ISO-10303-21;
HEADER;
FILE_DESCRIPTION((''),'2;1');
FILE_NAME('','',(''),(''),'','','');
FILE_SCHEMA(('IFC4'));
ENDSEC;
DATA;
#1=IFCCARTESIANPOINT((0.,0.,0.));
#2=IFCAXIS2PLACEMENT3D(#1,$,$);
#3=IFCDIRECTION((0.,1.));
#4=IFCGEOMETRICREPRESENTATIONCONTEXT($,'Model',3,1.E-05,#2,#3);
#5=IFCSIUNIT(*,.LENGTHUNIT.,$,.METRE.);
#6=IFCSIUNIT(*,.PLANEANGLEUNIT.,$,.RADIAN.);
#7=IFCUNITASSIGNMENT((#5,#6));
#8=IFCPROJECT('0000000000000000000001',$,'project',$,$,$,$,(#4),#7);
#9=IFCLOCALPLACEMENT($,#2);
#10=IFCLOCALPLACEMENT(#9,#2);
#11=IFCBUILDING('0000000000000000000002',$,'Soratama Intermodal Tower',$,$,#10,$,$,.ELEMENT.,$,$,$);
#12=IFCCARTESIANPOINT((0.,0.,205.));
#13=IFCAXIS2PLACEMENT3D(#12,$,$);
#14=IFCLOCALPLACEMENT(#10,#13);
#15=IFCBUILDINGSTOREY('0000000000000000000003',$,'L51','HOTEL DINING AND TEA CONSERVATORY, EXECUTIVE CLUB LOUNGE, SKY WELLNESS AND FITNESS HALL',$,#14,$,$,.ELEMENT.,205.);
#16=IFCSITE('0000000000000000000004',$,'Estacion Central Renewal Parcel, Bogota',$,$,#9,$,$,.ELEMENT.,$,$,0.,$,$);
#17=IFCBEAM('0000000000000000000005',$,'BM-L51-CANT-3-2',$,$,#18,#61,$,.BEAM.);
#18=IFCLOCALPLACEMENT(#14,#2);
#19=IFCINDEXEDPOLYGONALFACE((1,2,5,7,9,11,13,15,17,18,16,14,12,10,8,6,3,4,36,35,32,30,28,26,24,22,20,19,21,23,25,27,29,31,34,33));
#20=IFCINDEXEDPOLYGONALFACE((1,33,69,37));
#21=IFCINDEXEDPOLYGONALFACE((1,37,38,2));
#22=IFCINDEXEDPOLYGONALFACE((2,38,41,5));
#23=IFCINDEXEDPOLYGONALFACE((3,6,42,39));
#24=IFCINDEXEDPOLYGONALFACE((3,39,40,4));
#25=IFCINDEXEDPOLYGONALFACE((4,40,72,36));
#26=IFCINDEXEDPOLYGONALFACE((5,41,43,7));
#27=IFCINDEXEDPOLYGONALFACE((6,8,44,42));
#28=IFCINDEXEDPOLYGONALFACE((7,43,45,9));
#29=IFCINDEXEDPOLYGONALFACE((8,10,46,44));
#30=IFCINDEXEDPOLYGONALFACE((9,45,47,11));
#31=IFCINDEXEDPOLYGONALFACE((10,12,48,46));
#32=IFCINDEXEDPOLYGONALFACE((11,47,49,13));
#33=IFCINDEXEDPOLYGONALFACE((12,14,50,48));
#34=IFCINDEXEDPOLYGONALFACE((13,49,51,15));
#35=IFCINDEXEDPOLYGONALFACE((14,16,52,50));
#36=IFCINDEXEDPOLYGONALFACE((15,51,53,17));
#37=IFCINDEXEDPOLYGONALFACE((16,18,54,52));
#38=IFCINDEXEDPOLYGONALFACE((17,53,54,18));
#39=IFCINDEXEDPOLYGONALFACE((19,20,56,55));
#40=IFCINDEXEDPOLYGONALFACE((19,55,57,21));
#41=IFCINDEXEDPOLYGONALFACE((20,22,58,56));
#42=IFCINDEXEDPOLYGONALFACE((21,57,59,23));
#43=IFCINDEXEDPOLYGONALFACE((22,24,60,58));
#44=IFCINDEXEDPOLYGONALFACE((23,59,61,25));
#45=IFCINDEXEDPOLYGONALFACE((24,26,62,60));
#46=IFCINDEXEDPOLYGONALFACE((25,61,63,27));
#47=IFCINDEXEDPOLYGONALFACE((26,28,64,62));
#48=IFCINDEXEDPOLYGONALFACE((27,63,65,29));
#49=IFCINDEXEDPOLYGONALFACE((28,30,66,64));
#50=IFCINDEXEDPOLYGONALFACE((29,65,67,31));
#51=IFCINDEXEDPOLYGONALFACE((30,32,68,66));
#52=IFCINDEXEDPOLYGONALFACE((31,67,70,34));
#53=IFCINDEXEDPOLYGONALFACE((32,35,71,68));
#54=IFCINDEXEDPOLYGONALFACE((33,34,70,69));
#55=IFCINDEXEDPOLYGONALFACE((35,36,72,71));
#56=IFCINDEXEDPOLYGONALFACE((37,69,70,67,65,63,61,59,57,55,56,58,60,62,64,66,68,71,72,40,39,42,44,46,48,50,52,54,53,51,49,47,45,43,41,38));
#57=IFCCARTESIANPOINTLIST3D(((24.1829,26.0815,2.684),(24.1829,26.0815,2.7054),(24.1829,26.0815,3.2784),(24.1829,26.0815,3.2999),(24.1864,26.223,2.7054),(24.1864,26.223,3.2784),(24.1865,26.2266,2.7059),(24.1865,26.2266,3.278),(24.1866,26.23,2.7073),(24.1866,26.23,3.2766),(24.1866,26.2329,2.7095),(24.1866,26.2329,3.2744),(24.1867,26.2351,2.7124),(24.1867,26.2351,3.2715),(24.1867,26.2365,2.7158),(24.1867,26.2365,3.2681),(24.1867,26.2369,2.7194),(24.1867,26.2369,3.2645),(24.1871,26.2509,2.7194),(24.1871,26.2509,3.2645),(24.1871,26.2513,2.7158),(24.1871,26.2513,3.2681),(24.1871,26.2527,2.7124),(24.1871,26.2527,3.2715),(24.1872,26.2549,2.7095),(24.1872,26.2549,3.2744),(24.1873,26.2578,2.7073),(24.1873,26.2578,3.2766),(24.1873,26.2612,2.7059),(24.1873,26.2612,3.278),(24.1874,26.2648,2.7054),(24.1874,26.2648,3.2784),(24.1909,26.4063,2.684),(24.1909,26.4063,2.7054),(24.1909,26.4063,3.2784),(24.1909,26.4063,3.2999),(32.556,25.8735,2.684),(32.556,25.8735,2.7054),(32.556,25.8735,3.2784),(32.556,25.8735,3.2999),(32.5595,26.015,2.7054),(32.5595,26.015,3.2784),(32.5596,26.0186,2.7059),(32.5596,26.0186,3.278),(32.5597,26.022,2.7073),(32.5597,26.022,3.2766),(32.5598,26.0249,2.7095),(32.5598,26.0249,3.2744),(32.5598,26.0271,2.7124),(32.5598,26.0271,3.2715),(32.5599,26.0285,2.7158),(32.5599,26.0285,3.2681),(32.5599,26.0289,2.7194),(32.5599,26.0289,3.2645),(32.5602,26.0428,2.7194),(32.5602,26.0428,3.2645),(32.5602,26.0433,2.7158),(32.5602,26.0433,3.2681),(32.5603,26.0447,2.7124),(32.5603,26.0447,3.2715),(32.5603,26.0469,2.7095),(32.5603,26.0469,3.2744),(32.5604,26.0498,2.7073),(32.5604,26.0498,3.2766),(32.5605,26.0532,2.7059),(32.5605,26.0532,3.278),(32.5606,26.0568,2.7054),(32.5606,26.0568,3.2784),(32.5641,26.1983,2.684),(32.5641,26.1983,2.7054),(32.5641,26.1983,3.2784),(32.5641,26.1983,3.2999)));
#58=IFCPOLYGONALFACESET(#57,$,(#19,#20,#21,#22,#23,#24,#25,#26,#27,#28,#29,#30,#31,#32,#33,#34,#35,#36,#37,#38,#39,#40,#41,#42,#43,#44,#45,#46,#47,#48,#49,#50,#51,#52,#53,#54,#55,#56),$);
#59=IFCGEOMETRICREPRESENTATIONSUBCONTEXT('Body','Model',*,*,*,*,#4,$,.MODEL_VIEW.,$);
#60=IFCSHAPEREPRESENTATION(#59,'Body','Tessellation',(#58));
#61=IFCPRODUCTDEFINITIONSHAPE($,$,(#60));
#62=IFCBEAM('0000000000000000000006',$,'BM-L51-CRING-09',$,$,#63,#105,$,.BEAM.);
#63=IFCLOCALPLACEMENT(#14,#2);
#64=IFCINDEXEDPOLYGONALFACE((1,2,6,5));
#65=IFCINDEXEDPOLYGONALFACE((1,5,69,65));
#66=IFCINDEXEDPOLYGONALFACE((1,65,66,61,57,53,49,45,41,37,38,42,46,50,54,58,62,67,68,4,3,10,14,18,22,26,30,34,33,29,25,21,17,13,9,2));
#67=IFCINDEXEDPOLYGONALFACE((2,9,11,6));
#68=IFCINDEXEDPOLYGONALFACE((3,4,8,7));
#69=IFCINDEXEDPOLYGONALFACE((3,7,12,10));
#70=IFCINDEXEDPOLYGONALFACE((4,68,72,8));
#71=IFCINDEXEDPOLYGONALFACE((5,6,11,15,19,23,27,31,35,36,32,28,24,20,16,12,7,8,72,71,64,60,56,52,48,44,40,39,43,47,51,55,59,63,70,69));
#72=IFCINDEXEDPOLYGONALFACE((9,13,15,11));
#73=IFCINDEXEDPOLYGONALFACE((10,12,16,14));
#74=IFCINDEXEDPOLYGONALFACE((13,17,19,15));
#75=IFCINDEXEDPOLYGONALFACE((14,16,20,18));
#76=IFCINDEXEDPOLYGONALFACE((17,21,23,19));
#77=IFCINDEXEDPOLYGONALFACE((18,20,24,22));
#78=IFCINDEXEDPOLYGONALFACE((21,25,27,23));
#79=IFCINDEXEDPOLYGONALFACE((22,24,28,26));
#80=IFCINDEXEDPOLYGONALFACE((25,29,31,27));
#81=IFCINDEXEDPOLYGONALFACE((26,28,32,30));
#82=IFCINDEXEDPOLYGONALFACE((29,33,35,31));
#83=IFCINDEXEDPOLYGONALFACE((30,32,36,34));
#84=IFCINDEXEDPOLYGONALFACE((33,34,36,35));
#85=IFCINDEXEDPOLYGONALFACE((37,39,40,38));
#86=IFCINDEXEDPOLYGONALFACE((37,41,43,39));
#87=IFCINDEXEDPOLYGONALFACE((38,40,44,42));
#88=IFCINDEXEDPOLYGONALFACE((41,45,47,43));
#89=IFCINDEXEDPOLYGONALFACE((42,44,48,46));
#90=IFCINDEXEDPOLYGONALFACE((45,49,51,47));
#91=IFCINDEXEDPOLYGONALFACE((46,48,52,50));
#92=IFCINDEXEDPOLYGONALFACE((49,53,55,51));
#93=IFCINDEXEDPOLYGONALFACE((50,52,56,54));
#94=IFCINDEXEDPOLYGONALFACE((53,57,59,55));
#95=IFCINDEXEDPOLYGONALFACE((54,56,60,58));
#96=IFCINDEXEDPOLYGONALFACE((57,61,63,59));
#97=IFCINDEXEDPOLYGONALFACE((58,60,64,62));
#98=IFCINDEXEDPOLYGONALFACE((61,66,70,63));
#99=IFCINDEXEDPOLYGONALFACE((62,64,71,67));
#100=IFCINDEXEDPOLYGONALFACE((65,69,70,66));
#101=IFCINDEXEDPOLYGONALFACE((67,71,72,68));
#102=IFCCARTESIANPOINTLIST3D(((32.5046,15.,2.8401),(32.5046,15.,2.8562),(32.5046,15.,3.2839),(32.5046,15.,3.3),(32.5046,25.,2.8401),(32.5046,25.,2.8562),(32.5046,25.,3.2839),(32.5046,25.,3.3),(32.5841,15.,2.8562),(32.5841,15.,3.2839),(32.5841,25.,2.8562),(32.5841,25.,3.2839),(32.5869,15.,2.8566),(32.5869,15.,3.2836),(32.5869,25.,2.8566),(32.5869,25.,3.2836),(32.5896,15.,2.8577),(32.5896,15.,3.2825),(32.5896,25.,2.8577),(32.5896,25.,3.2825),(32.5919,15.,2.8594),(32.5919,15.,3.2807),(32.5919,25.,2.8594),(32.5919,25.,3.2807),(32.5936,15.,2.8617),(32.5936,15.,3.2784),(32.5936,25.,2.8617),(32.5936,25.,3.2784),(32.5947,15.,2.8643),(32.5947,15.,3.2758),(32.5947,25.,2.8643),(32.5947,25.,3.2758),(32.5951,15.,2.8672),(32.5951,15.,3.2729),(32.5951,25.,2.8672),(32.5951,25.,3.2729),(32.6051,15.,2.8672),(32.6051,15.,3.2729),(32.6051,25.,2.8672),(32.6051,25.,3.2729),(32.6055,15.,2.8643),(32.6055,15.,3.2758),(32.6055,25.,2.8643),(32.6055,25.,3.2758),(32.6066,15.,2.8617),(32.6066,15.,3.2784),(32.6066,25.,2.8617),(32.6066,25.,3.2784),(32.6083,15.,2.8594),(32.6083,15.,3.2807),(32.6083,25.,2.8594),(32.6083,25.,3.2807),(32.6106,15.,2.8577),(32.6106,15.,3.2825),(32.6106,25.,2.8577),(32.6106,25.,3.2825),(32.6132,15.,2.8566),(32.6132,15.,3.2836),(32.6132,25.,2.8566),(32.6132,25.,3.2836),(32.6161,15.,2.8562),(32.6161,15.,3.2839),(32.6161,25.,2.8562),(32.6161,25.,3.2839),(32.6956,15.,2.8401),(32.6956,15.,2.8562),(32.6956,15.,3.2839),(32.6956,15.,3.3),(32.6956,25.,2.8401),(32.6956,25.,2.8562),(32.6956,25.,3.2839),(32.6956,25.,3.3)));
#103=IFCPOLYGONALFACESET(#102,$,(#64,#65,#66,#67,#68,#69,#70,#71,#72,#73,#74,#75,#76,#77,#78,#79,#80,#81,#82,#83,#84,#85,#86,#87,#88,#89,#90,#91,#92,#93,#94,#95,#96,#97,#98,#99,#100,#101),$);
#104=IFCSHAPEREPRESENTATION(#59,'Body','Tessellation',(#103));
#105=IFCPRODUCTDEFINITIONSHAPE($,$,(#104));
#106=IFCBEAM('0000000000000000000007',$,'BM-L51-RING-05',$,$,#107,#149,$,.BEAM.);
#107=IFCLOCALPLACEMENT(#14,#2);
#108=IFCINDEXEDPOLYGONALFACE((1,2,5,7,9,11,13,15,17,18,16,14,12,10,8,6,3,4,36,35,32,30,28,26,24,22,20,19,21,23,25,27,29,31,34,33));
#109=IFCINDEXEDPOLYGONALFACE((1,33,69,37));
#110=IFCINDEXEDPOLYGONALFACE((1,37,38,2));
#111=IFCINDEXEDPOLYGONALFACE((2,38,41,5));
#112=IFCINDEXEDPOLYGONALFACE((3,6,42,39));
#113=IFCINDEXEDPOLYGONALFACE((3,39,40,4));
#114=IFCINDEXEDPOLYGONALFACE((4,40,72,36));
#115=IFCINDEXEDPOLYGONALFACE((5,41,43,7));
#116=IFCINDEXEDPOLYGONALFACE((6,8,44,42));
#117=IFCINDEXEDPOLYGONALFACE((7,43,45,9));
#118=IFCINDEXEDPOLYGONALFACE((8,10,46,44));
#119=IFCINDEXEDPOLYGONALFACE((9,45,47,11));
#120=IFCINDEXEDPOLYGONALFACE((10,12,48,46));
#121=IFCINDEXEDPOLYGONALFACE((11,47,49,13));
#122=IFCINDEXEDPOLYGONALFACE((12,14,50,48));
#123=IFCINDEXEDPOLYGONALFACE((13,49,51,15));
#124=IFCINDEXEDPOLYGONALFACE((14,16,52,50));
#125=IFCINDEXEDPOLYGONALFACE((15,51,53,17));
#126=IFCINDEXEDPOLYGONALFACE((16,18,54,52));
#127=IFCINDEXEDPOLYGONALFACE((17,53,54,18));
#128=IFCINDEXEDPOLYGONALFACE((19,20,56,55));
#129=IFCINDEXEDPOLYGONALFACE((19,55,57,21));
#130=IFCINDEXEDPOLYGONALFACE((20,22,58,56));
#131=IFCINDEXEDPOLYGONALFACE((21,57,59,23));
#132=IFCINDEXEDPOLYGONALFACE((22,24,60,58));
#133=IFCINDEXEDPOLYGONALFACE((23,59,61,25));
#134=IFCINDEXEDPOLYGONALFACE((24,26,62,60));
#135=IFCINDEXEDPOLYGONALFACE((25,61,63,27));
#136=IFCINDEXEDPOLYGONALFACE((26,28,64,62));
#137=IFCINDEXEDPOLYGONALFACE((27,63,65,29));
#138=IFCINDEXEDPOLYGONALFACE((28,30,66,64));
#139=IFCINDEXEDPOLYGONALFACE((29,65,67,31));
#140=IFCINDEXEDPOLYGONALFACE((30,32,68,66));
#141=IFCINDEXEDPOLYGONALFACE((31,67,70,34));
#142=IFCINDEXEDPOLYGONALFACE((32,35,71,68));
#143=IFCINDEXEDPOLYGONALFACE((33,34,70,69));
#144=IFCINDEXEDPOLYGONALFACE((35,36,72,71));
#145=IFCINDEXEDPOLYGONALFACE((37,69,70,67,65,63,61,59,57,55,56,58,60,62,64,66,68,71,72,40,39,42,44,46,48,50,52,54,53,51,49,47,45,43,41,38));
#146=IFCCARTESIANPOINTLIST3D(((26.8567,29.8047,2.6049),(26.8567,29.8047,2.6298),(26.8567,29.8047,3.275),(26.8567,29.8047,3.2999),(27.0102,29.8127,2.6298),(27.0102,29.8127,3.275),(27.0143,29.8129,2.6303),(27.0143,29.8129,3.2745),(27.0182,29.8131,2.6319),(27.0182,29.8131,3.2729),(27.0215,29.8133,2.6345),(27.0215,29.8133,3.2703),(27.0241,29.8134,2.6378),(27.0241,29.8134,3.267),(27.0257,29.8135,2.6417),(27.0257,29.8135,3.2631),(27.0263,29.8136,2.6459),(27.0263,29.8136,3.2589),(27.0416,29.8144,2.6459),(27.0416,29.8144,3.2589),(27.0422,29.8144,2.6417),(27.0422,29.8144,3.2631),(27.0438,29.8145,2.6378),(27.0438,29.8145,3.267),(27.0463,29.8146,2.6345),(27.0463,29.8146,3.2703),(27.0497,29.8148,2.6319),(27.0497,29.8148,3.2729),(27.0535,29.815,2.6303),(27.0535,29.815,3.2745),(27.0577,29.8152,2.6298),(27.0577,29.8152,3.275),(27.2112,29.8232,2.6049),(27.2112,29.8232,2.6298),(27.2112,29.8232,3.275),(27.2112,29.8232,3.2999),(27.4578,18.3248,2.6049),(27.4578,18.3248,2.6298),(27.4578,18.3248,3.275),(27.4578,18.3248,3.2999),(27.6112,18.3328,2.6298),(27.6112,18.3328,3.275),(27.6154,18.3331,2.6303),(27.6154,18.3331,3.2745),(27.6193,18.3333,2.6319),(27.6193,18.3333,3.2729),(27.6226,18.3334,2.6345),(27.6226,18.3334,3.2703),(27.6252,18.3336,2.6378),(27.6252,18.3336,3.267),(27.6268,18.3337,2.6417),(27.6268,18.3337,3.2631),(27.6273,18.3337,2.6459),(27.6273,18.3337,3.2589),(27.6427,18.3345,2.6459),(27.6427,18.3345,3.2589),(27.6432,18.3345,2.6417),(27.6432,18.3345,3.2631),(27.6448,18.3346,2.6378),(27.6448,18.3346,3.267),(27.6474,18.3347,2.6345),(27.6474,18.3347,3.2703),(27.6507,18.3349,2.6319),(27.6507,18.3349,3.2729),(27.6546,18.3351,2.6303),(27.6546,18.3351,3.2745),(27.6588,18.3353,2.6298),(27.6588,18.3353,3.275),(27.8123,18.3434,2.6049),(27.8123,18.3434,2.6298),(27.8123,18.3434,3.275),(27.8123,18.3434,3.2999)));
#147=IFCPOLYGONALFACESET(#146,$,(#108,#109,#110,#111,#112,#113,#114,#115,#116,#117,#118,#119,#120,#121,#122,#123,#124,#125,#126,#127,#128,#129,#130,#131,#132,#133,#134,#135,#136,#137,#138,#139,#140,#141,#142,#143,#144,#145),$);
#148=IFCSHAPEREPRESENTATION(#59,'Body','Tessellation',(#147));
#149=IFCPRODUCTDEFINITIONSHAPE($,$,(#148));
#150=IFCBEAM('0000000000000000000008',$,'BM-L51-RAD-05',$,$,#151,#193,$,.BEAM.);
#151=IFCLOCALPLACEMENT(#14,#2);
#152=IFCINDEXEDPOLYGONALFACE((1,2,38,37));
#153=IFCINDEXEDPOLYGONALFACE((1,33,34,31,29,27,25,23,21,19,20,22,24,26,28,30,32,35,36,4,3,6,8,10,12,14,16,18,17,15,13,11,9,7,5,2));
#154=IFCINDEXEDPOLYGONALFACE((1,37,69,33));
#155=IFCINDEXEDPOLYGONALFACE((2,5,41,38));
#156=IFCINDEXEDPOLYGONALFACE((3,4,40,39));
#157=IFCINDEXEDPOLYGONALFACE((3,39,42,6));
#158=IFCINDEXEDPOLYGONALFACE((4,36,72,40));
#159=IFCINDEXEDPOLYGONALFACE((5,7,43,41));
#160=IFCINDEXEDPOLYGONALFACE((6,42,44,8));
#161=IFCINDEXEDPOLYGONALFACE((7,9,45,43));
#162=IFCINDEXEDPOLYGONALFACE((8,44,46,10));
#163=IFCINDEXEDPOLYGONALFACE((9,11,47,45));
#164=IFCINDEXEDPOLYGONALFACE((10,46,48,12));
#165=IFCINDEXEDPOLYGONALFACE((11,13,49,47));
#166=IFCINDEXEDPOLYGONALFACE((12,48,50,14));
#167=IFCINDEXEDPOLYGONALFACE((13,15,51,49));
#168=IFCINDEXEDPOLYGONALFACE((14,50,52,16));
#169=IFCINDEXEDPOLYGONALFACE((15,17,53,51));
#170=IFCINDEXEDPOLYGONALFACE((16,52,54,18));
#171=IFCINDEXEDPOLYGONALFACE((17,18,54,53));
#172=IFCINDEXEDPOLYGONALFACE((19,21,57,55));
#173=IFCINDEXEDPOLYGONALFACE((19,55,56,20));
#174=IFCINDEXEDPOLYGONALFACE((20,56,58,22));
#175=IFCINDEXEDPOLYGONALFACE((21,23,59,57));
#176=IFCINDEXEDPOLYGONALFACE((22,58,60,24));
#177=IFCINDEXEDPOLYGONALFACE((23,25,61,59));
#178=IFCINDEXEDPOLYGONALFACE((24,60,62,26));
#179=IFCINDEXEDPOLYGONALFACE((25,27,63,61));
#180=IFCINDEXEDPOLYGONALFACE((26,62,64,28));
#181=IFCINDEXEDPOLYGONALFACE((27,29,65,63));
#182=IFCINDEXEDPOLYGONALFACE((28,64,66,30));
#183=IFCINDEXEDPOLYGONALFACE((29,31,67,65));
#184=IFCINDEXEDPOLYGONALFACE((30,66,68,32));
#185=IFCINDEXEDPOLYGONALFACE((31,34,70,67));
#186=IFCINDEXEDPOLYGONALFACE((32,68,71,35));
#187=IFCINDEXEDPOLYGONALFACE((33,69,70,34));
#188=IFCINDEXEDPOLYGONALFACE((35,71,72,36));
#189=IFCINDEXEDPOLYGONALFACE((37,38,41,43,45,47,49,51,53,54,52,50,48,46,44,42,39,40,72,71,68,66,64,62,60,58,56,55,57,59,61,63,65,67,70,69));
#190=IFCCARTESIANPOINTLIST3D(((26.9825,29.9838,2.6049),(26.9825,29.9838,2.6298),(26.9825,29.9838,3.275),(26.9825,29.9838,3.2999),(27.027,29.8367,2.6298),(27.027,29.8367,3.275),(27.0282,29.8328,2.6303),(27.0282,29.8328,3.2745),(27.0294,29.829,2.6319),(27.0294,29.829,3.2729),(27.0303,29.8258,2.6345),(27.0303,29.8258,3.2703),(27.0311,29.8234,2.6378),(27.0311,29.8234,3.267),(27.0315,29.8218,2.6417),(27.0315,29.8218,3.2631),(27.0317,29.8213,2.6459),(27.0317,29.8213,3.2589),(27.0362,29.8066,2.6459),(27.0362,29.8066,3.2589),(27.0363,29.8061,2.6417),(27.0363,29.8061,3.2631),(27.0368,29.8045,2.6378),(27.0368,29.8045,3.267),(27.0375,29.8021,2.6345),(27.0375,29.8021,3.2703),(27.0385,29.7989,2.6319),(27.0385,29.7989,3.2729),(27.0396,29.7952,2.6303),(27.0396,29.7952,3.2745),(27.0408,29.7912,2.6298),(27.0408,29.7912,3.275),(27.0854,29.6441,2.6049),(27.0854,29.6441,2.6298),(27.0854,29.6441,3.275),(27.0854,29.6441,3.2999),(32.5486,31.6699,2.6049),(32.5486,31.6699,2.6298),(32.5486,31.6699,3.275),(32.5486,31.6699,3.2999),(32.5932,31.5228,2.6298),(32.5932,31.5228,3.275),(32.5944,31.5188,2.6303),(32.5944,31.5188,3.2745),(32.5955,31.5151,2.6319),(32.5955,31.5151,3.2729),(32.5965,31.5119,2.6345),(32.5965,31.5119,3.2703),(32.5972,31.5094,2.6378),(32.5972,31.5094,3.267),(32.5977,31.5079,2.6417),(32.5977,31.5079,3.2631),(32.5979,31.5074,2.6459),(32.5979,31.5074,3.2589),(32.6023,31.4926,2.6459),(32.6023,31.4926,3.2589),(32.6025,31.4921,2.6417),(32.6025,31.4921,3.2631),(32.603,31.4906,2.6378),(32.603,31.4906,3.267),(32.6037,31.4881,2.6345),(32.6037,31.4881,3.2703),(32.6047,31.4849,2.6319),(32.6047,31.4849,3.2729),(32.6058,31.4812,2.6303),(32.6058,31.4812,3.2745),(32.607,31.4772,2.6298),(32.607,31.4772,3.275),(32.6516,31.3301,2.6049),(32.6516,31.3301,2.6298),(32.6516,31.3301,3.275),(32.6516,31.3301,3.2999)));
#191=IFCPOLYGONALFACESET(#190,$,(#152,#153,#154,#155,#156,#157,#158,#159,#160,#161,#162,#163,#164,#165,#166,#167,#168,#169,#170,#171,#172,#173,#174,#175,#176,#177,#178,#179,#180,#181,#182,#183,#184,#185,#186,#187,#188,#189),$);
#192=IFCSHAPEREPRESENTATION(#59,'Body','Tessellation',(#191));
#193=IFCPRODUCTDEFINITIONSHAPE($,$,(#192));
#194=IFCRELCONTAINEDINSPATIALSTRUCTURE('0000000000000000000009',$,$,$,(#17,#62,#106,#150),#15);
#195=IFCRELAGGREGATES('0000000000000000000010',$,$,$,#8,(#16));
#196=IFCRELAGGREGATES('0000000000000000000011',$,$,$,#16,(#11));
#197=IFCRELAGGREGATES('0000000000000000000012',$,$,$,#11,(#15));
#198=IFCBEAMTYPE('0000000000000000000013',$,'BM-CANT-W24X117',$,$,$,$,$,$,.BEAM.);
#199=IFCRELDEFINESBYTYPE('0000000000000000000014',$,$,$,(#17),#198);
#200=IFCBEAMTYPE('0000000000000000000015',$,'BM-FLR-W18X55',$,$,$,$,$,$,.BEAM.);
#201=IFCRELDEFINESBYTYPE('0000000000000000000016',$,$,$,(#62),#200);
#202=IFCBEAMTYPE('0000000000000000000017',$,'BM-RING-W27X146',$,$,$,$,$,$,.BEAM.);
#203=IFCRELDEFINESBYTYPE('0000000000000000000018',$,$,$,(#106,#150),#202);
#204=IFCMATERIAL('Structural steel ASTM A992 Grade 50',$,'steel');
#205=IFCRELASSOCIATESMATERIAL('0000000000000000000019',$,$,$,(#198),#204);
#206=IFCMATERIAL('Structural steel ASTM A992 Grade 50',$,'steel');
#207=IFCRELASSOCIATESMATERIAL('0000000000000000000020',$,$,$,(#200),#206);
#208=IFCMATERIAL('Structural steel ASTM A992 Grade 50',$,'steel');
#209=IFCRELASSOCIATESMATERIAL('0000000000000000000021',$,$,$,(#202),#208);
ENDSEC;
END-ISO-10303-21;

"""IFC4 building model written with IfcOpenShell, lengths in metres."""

from ifc_helpers import new_model, si_unit, direction, frame, origin, origin_2d, place, context, subcontext, project, spatial, i_section, extrude, material, material_profile, profile_set, type_object, element, save


model = new_model("IFC4")

# Units and contexts
model_context = context("Model", 3, precision=1e-05, world=origin(), true_north=direction((0.0, 1.0)))
body_context = subcontext(model_context, "Body", "Model", "MODEL_VIEW")
ifc_project = project(units=[si_unit("LENGTHUNIT", "METRE"), si_unit("PLANEANGLEUNIT", "RADIAN")], contexts=[model_context])

# Site, building, storey
site_placement = place(None, origin())
site = spatial("IfcSite", under=ifc_project, at=site_placement, Name="Estacion Central Renewal Parcel, Bogota", CompositionType="ELEMENT", RefElevation=0.0)
building_placement = place(site_placement, origin())
building = spatial("IfcBuilding", under=site, at=building_placement, Name="Soratama Intermodal Tower", CompositionType="ELEMENT")
storey_placement = place(building_placement, frame((0.0, 0.0, 205.0)))
storey = spatial("IfcBuildingStorey", under=building, at=storey_placement, Name="L51", Description="HOTEL DINING AND TEA CONSERVATORY, EXECUTIVE CLUB LOUNGE, SKY WELLNESS AND FITNESS HALL", CompositionType="ELEMENT", Elevation=205.0)

# Beams
ifc_material_1 = material(Name="Structural steel ASTM A992 Grade 50", Category="steel")
ifc_material_profile_1 = material_profile(ifc_material_1, i_section(OverallWidth=0.325, OverallDepth=0.616, WebThickness=0.0139, FlangeThickness=0.0215, FilletRadius=0.0139, at=origin_2d()), Name="W24X117")
ifc_profile_set_1 = profile_set([ifc_material_profile_1], Name="Structural steel ASTM A992 Grade 50")
beam_type_1 = type_object("IfcBeamType", Name="BM-CANT-W24X117", PredefinedType="BEAM", material=ifc_profile_set_1)
beam_1_placement = place(storey_placement, frame((32.5601, 26.0359, 2.9919), z_axis=(-0.999692, 0.024835, 0.0), x_axis=(-0.024835, -0.999692, 0.0)))
element("IfcBeam", 1, at=beam_1_placement, inside=storey, type_object=beam_type_1, Name="BM-L51-CANT-3-2", PredefinedType="BEAM", context=body_context, shape_type="SweptSolid", body=[
    extrude(i_section(OverallWidth=0.325, OverallDepth=0.616, WebThickness=0.0139, FlangeThickness=0.0215, FilletRadius=0.0139, at=origin_2d()), origin(), (0.0, 0.0, 1.0), 8.3757),
])
ifc_material_2 = material(Name="Structural steel ASTM A992 Grade 50", Category="steel")
ifc_material_profile_2 = material_profile(ifc_material_2, i_section(OverallWidth=0.1909, OverallDepth=0.46, WebThickness=0.01, FlangeThickness=0.0161, FilletRadius=0.011, at=origin_2d()), Name="W18X55")
ifc_profile_set_2 = profile_set([ifc_material_profile_2], Name="Structural steel ASTM A992 Grade 50")
beam_type_2 = type_object("IfcBeamType", Name="BM-FLR-W18X55", PredefinedType="BEAM", material=ifc_profile_set_2)
beam_2_placement = place(storey_placement, frame((32.6001, 25.0, 3.0701), z_axis=(0.0, -1.0, 0.0), x_axis=(1.0, 0.0, 0.0)))
element("IfcBeam", 2, at=beam_2_placement, inside=storey, type_object=beam_type_2, Name="BM-L51-CRING-09", PredefinedType="BEAM", context=body_context, shape_type="SweptSolid", body=[
    extrude(i_section(OverallWidth=0.1909, OverallDepth=0.46, WebThickness=0.01, FlangeThickness=0.0161, FilletRadius=0.011, at=origin_2d()), origin(), (0.0, 0.0, 1.0), 10.0),
])
ifc_material_3 = material(Name="Structural steel ASTM A992 Grade 50", Category="steel")
ifc_material_profile_3 = material_profile(ifc_material_3, i_section(OverallWidth=0.355, OverallDepth=0.6951, WebThickness=0.0154, FlangeThickness=0.0249, FilletRadius=0.0161, at=origin_2d()), Name="W27X146")
ifc_profile_set_3 = profile_set([ifc_material_profile_3], Name="Structural steel ASTM A992 Grade 50")
beam_type_3 = type_object("IfcBeamType", Name="BM-RING-W27X146", PredefinedType="BEAM", material=ifc_profile_set_3)
beam_3_placement = place(storey_placement, frame((27.0339, 29.814, 2.9524), z_axis=(0.052287, -0.998632, 0.0), x_axis=(0.998632, 0.052287, 0.0)))
element("IfcBeam", 3, at=beam_3_placement, inside=storey, type_object=beam_type_3, Name="BM-L51-RING-05", PredefinedType="BEAM", context=body_context, shape_type="SweptSolid", body=[
    extrude(i_section(OverallWidth=0.355, OverallDepth=0.6951, WebThickness=0.0154, FlangeThickness=0.0249, FilletRadius=0.0161, at=origin_2d()), origin(), (0.0, 0.0, 1.0), 11.4956),
])
beam_4_placement = place(storey_placement, frame((32.6001, 31.5, 2.9524), z_axis=(-0.957057, -0.2899, 0.0), x_axis=(0.2899, -0.957057, 0.0)))
element("IfcBeam", 4, at=beam_4_placement, inside=storey, type_object=beam_type_3, Name="BM-L51-RAD-05", PredefinedType="BEAM", context=body_context, shape_type="SweptSolid", body=[
    extrude(i_section(OverallWidth=0.355, OverallDepth=0.6951, WebThickness=0.0154, FlangeThickness=0.0249, FilletRadius=0.0161, at=origin_2d()), origin(), (0.0, 0.0, 1.0), 5.8159),
])

save(model, "model.ifc")
